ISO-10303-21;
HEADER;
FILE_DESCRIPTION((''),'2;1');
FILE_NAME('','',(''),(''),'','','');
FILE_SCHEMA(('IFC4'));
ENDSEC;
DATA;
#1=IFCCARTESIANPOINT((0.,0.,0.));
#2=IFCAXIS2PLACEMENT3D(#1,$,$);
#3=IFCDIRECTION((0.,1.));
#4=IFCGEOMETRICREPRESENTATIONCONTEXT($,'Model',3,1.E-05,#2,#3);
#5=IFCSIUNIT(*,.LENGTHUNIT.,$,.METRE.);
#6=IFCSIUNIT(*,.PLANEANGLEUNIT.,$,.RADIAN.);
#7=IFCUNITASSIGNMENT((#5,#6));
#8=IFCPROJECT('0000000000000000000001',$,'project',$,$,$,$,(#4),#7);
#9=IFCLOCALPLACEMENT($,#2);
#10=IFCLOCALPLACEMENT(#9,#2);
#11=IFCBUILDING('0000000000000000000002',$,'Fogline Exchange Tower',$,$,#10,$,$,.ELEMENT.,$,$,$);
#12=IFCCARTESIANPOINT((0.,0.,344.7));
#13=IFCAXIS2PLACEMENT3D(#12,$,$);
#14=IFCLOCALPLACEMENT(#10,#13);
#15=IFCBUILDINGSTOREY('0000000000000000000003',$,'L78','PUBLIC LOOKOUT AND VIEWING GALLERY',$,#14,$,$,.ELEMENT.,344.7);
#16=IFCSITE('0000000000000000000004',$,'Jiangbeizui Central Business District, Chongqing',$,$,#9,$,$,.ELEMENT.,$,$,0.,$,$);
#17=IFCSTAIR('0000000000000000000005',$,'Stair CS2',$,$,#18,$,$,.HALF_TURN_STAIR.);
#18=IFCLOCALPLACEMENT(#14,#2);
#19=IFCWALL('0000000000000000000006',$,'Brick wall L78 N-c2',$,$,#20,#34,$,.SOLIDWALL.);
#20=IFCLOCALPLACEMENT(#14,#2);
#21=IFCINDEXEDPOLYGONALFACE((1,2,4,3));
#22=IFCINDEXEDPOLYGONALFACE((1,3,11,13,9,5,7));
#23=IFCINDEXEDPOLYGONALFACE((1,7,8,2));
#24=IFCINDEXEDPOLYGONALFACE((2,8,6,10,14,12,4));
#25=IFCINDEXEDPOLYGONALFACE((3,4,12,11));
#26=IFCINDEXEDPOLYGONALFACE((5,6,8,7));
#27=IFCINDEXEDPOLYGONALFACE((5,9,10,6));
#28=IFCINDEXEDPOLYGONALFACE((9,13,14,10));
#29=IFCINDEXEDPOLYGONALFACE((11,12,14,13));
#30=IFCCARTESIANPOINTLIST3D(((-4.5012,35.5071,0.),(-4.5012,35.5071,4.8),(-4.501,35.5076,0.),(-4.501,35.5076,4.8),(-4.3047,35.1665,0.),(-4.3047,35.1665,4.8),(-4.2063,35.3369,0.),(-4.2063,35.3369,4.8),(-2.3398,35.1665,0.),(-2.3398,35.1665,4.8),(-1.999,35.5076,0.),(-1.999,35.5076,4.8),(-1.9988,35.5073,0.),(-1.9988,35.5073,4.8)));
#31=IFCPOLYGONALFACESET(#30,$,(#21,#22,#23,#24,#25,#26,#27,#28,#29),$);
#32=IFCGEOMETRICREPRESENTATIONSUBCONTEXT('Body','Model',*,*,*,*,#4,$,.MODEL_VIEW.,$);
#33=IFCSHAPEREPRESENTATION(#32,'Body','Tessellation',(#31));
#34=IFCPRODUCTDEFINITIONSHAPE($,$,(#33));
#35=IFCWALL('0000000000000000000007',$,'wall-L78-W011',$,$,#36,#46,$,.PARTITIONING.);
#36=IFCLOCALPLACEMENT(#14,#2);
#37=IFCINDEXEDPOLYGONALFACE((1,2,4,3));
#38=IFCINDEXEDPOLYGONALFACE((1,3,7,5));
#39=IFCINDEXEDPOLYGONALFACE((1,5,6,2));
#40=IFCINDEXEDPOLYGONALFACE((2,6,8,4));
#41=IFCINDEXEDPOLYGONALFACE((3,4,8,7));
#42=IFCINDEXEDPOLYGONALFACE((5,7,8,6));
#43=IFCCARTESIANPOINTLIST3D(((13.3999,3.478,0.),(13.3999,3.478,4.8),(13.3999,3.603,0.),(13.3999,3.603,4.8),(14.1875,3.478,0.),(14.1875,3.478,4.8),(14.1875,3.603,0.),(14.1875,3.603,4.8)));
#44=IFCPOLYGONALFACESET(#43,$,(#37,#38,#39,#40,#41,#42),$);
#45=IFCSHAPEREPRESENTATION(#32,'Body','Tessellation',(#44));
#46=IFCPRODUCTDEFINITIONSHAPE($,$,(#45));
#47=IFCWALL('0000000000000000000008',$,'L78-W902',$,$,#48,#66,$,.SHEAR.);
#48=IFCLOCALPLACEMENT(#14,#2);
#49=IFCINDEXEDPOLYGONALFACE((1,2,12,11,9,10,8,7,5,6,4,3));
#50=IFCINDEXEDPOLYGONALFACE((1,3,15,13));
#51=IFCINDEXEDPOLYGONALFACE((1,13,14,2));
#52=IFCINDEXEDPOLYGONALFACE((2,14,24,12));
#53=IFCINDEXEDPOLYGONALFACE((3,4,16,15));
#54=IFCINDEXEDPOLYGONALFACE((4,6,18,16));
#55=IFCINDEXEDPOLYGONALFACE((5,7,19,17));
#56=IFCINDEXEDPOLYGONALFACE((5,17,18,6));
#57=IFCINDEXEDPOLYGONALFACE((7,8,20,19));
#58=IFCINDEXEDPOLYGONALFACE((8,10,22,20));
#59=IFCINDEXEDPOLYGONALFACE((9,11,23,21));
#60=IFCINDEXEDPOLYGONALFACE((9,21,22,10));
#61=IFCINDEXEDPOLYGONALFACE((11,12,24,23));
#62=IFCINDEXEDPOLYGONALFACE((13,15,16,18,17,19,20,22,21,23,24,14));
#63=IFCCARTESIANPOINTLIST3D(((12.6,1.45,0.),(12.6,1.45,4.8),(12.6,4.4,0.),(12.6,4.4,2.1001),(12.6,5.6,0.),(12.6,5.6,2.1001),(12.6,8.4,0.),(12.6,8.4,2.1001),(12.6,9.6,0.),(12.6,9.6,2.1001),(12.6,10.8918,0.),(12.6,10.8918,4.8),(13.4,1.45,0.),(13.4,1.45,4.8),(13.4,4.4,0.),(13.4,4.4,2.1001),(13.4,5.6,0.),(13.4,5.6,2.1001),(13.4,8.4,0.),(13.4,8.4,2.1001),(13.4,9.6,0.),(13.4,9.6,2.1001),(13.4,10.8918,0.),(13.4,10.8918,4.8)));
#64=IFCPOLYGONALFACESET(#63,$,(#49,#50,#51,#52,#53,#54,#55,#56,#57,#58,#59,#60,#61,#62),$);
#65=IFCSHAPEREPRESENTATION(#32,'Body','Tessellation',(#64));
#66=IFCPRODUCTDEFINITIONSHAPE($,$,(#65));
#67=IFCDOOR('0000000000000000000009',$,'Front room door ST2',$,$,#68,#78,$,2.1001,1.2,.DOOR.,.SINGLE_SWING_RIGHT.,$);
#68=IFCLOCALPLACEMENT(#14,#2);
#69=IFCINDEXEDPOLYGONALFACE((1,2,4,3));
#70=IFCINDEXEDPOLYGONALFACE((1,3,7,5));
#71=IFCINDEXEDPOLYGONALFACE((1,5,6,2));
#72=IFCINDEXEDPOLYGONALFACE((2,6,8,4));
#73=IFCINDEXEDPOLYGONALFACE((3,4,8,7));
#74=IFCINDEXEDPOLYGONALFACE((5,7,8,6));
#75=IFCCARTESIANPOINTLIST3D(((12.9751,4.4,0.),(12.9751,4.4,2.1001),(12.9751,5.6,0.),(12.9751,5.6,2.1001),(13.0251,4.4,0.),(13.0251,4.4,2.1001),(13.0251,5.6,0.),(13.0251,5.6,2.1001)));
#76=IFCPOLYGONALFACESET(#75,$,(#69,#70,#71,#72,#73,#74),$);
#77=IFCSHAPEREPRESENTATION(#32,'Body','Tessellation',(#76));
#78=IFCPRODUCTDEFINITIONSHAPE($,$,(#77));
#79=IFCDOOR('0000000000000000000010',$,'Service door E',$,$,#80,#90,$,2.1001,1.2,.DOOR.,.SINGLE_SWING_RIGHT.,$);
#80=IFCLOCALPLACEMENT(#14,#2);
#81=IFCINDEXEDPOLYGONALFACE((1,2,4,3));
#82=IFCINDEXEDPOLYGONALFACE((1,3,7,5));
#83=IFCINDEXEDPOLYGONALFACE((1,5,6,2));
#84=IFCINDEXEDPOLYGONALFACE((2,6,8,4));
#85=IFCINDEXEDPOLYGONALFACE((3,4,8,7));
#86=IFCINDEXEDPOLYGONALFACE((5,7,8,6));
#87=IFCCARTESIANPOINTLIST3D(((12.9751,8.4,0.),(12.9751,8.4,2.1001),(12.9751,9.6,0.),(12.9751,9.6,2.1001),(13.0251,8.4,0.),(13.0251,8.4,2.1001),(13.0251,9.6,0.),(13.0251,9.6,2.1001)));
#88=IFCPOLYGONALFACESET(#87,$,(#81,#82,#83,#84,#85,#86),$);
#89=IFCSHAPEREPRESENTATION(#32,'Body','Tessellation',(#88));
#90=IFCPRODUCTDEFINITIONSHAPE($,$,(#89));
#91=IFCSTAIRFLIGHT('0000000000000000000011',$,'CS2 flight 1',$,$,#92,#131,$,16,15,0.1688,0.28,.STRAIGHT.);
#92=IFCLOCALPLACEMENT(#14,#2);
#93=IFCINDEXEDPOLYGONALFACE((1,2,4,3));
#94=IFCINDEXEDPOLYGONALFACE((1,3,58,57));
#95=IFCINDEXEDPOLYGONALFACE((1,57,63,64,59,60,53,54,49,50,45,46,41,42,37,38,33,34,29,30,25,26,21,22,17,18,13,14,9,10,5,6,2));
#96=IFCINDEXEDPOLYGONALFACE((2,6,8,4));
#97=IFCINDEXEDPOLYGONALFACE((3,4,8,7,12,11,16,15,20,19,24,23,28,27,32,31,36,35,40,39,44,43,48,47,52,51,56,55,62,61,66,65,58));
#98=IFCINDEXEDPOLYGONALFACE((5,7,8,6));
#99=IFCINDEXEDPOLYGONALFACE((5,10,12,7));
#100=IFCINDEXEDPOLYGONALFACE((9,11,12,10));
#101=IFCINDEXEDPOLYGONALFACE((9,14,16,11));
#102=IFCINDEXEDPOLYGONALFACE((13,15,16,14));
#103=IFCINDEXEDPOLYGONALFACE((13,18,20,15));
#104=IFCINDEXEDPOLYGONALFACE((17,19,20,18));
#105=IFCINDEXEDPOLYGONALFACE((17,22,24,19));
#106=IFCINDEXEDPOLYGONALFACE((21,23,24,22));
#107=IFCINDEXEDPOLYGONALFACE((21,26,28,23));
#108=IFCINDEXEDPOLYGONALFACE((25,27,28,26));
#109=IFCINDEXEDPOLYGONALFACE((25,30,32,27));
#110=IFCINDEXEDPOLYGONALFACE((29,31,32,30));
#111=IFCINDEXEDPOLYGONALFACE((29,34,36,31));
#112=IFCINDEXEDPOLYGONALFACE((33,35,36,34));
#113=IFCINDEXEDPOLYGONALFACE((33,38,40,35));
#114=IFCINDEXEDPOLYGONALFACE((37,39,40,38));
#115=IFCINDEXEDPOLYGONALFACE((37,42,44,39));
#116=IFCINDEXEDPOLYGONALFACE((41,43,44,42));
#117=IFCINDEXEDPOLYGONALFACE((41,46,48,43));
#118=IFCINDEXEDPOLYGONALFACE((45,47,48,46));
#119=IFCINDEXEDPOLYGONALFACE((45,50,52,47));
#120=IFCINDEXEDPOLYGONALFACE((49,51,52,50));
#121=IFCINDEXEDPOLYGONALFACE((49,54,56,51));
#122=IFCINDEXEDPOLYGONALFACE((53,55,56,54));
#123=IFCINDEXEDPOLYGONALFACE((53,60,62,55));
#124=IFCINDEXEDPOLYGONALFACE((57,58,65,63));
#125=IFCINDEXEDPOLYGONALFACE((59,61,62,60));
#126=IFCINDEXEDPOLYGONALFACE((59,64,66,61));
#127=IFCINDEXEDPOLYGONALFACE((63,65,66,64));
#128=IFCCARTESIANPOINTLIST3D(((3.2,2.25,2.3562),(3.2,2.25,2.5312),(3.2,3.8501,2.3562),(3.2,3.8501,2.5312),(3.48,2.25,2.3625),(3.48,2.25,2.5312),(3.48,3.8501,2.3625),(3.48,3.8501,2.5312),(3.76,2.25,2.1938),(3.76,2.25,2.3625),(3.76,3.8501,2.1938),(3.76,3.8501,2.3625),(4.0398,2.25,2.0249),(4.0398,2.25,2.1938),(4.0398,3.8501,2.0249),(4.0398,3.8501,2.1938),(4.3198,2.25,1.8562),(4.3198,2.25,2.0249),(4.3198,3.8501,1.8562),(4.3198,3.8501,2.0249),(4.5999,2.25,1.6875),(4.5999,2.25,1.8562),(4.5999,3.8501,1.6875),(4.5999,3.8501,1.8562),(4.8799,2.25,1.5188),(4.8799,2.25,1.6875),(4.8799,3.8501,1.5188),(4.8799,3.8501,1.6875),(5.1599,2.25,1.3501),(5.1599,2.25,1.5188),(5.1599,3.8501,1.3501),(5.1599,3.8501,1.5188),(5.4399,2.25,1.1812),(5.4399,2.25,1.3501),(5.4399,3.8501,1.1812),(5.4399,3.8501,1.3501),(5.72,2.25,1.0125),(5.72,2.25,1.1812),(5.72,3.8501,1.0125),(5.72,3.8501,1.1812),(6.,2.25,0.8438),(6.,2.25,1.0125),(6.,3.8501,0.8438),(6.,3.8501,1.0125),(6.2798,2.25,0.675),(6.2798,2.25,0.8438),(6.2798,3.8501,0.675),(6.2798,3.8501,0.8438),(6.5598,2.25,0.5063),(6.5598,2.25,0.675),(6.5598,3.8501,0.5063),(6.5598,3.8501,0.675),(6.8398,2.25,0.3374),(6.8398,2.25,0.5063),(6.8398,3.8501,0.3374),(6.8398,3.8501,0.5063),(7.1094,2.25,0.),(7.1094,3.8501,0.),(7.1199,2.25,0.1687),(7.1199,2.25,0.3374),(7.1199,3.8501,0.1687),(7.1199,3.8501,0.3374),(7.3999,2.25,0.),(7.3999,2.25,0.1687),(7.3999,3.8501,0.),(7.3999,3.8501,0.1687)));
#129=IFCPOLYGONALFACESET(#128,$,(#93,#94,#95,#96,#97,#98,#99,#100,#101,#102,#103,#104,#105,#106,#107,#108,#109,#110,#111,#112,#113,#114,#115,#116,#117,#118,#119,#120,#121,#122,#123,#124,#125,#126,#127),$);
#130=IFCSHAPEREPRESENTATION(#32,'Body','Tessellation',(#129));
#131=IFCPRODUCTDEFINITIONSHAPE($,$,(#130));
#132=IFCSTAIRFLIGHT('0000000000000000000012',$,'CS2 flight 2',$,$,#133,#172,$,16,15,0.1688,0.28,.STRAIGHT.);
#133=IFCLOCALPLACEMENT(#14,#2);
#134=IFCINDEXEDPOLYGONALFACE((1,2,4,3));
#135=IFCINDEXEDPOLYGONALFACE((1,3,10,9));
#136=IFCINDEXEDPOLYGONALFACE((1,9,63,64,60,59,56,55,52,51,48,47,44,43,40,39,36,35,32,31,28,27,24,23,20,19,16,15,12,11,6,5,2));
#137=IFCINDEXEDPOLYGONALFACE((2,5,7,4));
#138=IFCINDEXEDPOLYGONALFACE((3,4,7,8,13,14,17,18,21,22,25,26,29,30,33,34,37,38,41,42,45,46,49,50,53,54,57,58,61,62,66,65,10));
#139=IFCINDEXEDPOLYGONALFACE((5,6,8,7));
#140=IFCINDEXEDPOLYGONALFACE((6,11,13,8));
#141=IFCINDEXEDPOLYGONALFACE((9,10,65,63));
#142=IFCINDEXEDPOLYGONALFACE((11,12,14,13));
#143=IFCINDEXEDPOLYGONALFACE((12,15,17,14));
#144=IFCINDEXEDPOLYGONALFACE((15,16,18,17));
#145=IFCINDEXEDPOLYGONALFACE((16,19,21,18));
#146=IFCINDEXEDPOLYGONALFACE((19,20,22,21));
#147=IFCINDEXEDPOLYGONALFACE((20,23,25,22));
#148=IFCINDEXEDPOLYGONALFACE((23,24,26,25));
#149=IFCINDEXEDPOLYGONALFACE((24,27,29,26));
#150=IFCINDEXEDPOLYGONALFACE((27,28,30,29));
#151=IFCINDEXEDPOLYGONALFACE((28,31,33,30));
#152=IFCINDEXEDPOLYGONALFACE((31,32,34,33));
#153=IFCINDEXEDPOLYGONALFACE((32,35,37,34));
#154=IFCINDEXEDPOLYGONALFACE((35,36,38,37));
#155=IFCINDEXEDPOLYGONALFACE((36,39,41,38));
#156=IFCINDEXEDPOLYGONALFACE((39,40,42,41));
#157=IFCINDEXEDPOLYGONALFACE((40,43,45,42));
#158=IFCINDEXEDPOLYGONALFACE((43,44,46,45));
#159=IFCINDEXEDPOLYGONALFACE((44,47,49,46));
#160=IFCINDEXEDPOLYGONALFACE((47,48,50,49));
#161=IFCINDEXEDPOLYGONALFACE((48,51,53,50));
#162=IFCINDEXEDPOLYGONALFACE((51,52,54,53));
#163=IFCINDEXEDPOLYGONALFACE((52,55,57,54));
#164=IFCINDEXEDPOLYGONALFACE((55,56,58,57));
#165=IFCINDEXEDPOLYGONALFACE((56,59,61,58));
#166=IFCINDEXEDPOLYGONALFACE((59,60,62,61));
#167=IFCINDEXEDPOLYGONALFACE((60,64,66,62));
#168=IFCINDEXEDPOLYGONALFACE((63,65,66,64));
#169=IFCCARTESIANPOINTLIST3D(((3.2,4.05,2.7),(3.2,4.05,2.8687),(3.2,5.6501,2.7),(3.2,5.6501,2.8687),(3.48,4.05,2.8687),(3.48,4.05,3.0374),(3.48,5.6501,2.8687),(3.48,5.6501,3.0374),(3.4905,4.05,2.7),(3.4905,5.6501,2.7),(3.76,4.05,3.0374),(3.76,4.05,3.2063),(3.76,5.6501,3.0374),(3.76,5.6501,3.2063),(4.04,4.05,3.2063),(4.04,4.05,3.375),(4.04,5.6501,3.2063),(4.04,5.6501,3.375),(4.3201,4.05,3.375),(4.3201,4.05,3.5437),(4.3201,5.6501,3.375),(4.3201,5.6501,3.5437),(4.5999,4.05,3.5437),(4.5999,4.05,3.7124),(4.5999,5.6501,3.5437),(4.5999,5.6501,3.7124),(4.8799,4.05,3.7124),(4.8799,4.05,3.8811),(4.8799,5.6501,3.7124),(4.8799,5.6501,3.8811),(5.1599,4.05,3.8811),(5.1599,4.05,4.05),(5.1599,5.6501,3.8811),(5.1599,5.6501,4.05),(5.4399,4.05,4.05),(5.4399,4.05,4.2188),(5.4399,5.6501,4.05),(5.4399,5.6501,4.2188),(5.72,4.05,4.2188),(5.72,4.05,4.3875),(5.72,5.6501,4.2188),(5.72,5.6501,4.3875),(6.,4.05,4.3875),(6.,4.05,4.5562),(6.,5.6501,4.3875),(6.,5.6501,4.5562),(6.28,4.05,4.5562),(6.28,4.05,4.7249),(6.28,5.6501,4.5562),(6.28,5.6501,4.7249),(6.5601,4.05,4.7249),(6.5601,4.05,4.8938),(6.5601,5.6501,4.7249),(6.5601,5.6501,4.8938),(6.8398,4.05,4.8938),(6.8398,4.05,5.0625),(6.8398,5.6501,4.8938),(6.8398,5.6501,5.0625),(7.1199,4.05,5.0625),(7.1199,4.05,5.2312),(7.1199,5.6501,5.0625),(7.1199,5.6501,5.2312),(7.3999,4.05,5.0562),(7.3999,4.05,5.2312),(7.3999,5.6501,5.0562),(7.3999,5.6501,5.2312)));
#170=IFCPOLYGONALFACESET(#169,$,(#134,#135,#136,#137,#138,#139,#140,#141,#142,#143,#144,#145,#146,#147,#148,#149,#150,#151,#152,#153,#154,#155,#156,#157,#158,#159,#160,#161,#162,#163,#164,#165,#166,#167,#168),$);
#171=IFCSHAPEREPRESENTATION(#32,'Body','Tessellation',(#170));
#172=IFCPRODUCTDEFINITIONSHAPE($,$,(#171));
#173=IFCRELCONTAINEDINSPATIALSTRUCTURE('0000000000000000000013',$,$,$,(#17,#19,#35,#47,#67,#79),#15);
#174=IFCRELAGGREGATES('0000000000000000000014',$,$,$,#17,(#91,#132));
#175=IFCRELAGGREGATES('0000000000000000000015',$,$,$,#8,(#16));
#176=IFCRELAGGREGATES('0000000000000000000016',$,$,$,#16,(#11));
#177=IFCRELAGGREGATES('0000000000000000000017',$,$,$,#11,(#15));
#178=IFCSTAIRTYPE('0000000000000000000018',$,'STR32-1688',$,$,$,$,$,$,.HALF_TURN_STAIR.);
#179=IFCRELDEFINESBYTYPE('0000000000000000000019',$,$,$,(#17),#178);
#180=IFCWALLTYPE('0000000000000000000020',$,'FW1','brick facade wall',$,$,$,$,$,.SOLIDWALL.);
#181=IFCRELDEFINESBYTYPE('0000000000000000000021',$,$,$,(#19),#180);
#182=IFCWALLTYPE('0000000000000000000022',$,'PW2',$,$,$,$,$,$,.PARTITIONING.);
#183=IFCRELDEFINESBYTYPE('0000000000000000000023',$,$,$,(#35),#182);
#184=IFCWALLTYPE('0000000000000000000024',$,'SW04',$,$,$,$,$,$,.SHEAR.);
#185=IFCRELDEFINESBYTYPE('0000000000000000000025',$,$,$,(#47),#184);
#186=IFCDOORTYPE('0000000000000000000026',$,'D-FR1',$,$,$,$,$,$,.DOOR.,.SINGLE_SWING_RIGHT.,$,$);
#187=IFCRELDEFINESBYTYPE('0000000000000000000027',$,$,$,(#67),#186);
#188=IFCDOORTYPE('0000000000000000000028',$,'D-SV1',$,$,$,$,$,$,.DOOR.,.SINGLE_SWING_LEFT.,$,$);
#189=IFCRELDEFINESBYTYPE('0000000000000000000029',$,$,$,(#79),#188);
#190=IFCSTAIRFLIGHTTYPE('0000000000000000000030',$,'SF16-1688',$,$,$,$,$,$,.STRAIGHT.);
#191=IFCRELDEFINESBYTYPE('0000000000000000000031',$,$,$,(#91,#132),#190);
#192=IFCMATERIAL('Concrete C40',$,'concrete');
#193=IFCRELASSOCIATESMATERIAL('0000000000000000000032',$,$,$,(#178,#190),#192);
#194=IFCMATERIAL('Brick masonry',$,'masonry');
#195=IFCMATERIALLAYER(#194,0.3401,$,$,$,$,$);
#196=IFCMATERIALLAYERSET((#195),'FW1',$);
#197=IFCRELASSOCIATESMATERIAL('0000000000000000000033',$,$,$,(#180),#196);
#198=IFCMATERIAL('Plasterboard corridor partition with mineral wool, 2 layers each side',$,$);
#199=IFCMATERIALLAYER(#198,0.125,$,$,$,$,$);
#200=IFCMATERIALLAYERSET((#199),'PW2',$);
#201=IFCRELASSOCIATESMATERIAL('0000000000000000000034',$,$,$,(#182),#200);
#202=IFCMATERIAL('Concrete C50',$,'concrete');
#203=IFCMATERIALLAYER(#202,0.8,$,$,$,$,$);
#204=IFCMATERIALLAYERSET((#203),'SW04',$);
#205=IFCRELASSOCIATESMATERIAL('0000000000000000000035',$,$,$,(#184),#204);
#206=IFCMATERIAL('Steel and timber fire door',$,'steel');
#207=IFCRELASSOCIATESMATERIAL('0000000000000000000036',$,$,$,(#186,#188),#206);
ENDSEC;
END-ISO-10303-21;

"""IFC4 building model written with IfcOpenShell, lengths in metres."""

from ifc_helpers import new_model, si_unit, direction, frame, frame_2d, origin, place, context, subcontext, project, spatial, polyline, rectangle, outline, extrude, material, layer, layer_set, type_object, element, fill, aggregate, save


model = new_model("IFC4")

# Units and contexts
model_context = context("Model", 3, precision=1e-05, world=origin(), true_north=direction((0.0, 1.0)))
body_context = subcontext(model_context, "Body", "Model", "MODEL_VIEW")
ifc_project = project(units=[si_unit("LENGTHUNIT", "METRE"), si_unit("PLANEANGLEUNIT", "RADIAN")], contexts=[model_context])

# Site, building, storey
site_placement = place(None, origin())
site = spatial("IfcSite", under=ifc_project, at=site_placement, Name="Jiangbeizui Central Business District, Chongqing", CompositionType="ELEMENT", RefElevation=0.0)
building_placement = place(site_placement, origin())
building = spatial("IfcBuilding", under=site, at=building_placement, Name="Fogline Exchange Tower", CompositionType="ELEMENT")
storey_placement = place(building_placement, frame((0.0, 0.0, 344.7)))
storey = spatial("IfcBuildingStorey", under=building, at=storey_placement, Name="L78", Description="PUBLIC LOOKOUT AND VIEWING GALLERY", CompositionType="ELEMENT", Elevation=344.7)

# Shared definitions
ifc_material_1 = material(Name="Concrete C40", Category="concrete")

# Stair
stair_type = type_object("IfcStairType", Name="STR32-1688", PredefinedType="HALF_TURN_STAIR", material=ifc_material_1)
stair_1_placement = place(storey_placement, origin())
stair_1 = element("IfcStair", 1, at=stair_1_placement, inside=storey, type_object=stair_type, Name="Stair CS2", PredefinedType="HALF_TURN_STAIR")

# Shared definitions
ifc_material_2 = material(Name="Steel and timber fire door", Category="steel")

# Walls
ifc_material_3 = material(Name="Brick masonry", Category="masonry")
ifc_layer_1 = layer(ifc_material_3, 0.3401)
ifc_layer_set_1 = layer_set([ifc_layer_1], Name="FW1")
wall_type_1 = type_object("IfcWallType", Name="FW1", Description="brick facade wall", PredefinedType="SOLIDWALL", material=ifc_layer_set_1)
wall_1_placement = place(storey_placement, origin())
element("IfcWall", 2, at=wall_1_placement, inside=storey, type_object=wall_type_1, Name="Brick wall L78 N-c2", PredefinedType="SOLIDWALL", context=body_context, shape_type="SweptSolid", body=[
    extrude(outline(polyline([(-4.3047, 35.1665), (-4.2063, 35.3369), (-4.5012, 35.5071), (-4.501, 35.5076), (-1.999, 35.5076), (-1.9988, 35.5073), (-2.3398, 35.1665), (-4.3047, 35.1665)])), origin(), (0.0, 0.0, 1.0), 4.8),
])
ifc_material_4 = material(Name="Plasterboard corridor partition with mineral wool, 2 layers each side")
ifc_layer_2 = layer(ifc_material_4, 0.125)
ifc_layer_set_2 = layer_set([ifc_layer_2], Name="PW2")
wall_type_2 = type_object("IfcWallType", Name="PW2", PredefinedType="PARTITIONING", material=ifc_layer_set_2)
wall_2_placement = place(storey_placement, frame((14.1875, 3.5405, 0.0), z_axis=(0.0, 0.0, 1.0), x_axis=(-1.0, 0.0, 0.0)))
element("IfcWall", 3, at=wall_2_placement, inside=storey, type_object=wall_type_2, Name="wall-L78-W011", PredefinedType="PARTITIONING", context=body_context, shape_type="SweptSolid", body=[
    extrude(rectangle(XDim=0.7876, YDim=0.125, at=frame_2d((0.3938, 0.0))), origin(), (0.0, 0.0, 1.0), 4.8),
])

# Wall, openings, doors
ifc_material_5 = material(Name="Concrete C50", Category="concrete")
ifc_layer_3 = layer(ifc_material_5, 0.8)
ifc_layer_set_3 = layer_set([ifc_layer_3], Name="SW04")
wall_type_3 = type_object("IfcWallType", Name="SW04", PredefinedType="SHEAR", material=ifc_layer_set_3)
wall_3_placement = place(storey_placement, frame((13.0, 1.45, 0.0), z_axis=(0.0, 0.0, 1.0), x_axis=(0.0, 1.0, 0.0)))
wall_3 = element("IfcWall", 4, at=wall_3_placement, inside=storey, type_object=wall_type_3, Name="L78-W902", PredefinedType="SHEAR", context=body_context, shape_type="SweptSolid", body=[
    extrude(rectangle(XDim=9.4419, YDim=0.8, at=frame_2d((4.7209, 0.0))), origin(), (0.0, 0.0, 1.0), 4.8),
])
opening_1_placement = place(wall_3_placement, frame((2.95, 0.0, 0.0)))
opening_1 = element("IfcOpeningElement", 5, at=opening_1_placement, cuts=wall_3, PredefinedType="OPENING", context=body_context, shape_type="SweptSolid", body=[
    extrude(rectangle(XDim=1.2, YDim=2.1001, at=frame_2d((0.6001, 1.05))), frame((0.0, 0.4102, 0.0), z_axis=(0.0, -1.0, 0.0), x_axis=(1.0, 0.0, 0.0)), (0.0, 0.0, 1.0), 0.8201),
])
opening_2_placement = place(wall_3_placement, frame((6.95, 0.0, 0.0)))
opening_2 = element("IfcOpeningElement", 6, at=opening_2_placement, cuts=wall_3, PredefinedType="OPENING", context=body_context, shape_type="SweptSolid", body=[
    extrude(rectangle(XDim=1.2, YDim=2.1001, at=frame_2d((0.6001, 1.05))), frame((0.0, 0.4102, 0.0), z_axis=(0.0, -1.0, 0.0), x_axis=(1.0, 0.0, 0.0)), (0.0, 0.0, 1.0), 0.8201),
])
door_type_1 = type_object("IfcDoorType", Name="D-FR1", OperationType="SINGLE_SWING_RIGHT", PredefinedType="DOOR", material=ifc_material_2)
door_1_placement = place(opening_1_placement, origin())
door_1 = element("IfcDoor", 7, at=door_1_placement, inside=storey, type_object=door_type_1, Name="Front room door ST2", OperationType="SINGLE_SWING_RIGHT", OverallHeight=2.1001, OverallWidth=1.2, PredefinedType="DOOR", context=body_context, shape_type="SweptSolid", body=[
    extrude(rectangle(XDim=1.2, YDim=2.1001, at=frame_2d((0.6001, 1.05))), frame((0.0, 0.0249, 0.0), z_axis=(0.0, -1.0, 0.0), x_axis=(1.0, 0.0, 0.0)), (0.0, 0.0, 1.0), 0.05),
])
fill(opening_1, door_1)
door_type_2 = type_object("IfcDoorType", Name="D-SV1", OperationType="SINGLE_SWING_LEFT", PredefinedType="DOOR", material=ifc_material_2)
door_2_placement = place(opening_2_placement, origin())
door_2 = element("IfcDoor", 8, at=door_2_placement, inside=storey, type_object=door_type_2, Name="Service door E", OperationType="SINGLE_SWING_RIGHT", OverallHeight=2.1001, OverallWidth=1.2, PredefinedType="DOOR", context=body_context, shape_type="SweptSolid", body=[
    extrude(rectangle(XDim=1.2, YDim=2.1001, at=frame_2d((0.6001, 1.05))), frame((0.0, 0.0249, 0.0), z_axis=(0.0, -1.0, 0.0), x_axis=(1.0, 0.0, 0.0)), (0.0, 0.0, 1.0), 0.05),
])
fill(opening_2, door_2)

# Stair flights
stair_flight_type = type_object("IfcStairFlightType", Name="SF16-1688", PredefinedType="STRAIGHT", material=ifc_material_1)
stair_flight_1_placement = place(storey_placement, frame((7.3999, 3.05, 0.0), z_axis=(0.0, 0.0, 1.0), x_axis=(-1.0, 0.0, 0.0)))
stair_flight_1 = element("IfcStairFlight", 9, at=stair_flight_1_placement, type_object=stair_flight_type, Name="CS2 flight 1", NumberOfRisers=16, NumberOfTreads=15, PredefinedType="STRAIGHT", RiserHeight=0.1688, TreadLength=0.28, context=body_context, shape_type="SweptSolid", body=[
    extrude(outline(polyline([(0.0, 0.0), (0.0, 0.1687), (0.28, 0.1687), (0.28, 0.3374), (0.5601, 0.3374), (0.5601, 0.5063), (0.8401, 0.5063), (0.8401, 0.675), (1.1201, 0.675), (1.1201, 0.8438), (1.3999, 0.8438), (1.3999, 1.0125), (1.6799, 1.0125), (1.6799, 1.1812), (1.96, 1.1812), (1.96, 1.3501), (2.24, 1.3501), (2.24, 1.5188), (2.52, 1.5188), (2.52, 1.6875), (2.8, 1.6875), (2.8, 1.8562), (3.0801, 1.8562), (3.0801, 2.0249), (3.3601, 2.0249), (3.3601, 2.1938), (3.6399, 2.1938), (3.6399, 2.3625), (3.9199, 2.3625), (3.9199, 2.5312), (4.2, 2.5312), (4.2, 2.7), (4.2, 2.3562), (0.2905, 0.0), (0.0, 0.0)])), frame((0.0, 0.8, 0.0), z_axis=(0.0, -1.0, 0.0), x_axis=(1.0, 0.0, 0.0)), (0.0, 0.0, 1.0), 1.6001),
])
stair_flight_2_placement = place(storey_placement, frame((3.2, 4.8501, 2.7), z_axis=(0.0, 0.0, 1.0), x_axis=(1.0, 0.0, 0.0)))
stair_flight_2 = element("IfcStairFlight", 10, at=stair_flight_2_placement, type_object=stair_flight_type, Name="CS2 flight 2", NumberOfRisers=16, NumberOfTreads=15, PredefinedType="STRAIGHT", RiserHeight=0.1688, TreadLength=0.28, context=body_context, shape_type="SweptSolid", body=[
    extrude(outline(polyline([(0.0, 0.0), (0.0, 0.1687), (0.28, 0.1687), (0.28, 0.3374), (0.5601, 0.3374), (0.5601, 0.5063), (0.8401, 0.5063), (0.8401, 0.675), (1.1201, 0.675), (1.1201, 0.8438), (1.3999, 0.8438), (1.3999, 1.0125), (1.6799, 1.0125), (1.6799, 1.1812), (1.96, 1.1812), (1.96, 1.3501), (2.24, 1.3501), (2.24, 1.5188), (2.52, 1.5188), (2.52, 1.6875), (2.8, 1.6875), (2.8, 1.8562), (3.0801, 1.8562), (3.0801, 2.0249), (3.3601, 2.0249), (3.3601, 2.1938), (3.6399, 2.1938), (3.6399, 2.3625), (3.9199, 2.3625), (3.9199, 2.5312), (4.2, 2.5312), (4.2, 2.7), (4.2, 2.3562), (0.2905, 0.0), (0.0, 0.0)])), frame((0.0, 0.8, 0.0), z_axis=(0.0, -1.0, 0.0), x_axis=(1.0, 0.0, 0.0)), (0.0, 0.0, 1.0), 1.6001),
])
aggregate(stair_1, [stair_flight_1, stair_flight_2])

save(model, "model.ifc")
